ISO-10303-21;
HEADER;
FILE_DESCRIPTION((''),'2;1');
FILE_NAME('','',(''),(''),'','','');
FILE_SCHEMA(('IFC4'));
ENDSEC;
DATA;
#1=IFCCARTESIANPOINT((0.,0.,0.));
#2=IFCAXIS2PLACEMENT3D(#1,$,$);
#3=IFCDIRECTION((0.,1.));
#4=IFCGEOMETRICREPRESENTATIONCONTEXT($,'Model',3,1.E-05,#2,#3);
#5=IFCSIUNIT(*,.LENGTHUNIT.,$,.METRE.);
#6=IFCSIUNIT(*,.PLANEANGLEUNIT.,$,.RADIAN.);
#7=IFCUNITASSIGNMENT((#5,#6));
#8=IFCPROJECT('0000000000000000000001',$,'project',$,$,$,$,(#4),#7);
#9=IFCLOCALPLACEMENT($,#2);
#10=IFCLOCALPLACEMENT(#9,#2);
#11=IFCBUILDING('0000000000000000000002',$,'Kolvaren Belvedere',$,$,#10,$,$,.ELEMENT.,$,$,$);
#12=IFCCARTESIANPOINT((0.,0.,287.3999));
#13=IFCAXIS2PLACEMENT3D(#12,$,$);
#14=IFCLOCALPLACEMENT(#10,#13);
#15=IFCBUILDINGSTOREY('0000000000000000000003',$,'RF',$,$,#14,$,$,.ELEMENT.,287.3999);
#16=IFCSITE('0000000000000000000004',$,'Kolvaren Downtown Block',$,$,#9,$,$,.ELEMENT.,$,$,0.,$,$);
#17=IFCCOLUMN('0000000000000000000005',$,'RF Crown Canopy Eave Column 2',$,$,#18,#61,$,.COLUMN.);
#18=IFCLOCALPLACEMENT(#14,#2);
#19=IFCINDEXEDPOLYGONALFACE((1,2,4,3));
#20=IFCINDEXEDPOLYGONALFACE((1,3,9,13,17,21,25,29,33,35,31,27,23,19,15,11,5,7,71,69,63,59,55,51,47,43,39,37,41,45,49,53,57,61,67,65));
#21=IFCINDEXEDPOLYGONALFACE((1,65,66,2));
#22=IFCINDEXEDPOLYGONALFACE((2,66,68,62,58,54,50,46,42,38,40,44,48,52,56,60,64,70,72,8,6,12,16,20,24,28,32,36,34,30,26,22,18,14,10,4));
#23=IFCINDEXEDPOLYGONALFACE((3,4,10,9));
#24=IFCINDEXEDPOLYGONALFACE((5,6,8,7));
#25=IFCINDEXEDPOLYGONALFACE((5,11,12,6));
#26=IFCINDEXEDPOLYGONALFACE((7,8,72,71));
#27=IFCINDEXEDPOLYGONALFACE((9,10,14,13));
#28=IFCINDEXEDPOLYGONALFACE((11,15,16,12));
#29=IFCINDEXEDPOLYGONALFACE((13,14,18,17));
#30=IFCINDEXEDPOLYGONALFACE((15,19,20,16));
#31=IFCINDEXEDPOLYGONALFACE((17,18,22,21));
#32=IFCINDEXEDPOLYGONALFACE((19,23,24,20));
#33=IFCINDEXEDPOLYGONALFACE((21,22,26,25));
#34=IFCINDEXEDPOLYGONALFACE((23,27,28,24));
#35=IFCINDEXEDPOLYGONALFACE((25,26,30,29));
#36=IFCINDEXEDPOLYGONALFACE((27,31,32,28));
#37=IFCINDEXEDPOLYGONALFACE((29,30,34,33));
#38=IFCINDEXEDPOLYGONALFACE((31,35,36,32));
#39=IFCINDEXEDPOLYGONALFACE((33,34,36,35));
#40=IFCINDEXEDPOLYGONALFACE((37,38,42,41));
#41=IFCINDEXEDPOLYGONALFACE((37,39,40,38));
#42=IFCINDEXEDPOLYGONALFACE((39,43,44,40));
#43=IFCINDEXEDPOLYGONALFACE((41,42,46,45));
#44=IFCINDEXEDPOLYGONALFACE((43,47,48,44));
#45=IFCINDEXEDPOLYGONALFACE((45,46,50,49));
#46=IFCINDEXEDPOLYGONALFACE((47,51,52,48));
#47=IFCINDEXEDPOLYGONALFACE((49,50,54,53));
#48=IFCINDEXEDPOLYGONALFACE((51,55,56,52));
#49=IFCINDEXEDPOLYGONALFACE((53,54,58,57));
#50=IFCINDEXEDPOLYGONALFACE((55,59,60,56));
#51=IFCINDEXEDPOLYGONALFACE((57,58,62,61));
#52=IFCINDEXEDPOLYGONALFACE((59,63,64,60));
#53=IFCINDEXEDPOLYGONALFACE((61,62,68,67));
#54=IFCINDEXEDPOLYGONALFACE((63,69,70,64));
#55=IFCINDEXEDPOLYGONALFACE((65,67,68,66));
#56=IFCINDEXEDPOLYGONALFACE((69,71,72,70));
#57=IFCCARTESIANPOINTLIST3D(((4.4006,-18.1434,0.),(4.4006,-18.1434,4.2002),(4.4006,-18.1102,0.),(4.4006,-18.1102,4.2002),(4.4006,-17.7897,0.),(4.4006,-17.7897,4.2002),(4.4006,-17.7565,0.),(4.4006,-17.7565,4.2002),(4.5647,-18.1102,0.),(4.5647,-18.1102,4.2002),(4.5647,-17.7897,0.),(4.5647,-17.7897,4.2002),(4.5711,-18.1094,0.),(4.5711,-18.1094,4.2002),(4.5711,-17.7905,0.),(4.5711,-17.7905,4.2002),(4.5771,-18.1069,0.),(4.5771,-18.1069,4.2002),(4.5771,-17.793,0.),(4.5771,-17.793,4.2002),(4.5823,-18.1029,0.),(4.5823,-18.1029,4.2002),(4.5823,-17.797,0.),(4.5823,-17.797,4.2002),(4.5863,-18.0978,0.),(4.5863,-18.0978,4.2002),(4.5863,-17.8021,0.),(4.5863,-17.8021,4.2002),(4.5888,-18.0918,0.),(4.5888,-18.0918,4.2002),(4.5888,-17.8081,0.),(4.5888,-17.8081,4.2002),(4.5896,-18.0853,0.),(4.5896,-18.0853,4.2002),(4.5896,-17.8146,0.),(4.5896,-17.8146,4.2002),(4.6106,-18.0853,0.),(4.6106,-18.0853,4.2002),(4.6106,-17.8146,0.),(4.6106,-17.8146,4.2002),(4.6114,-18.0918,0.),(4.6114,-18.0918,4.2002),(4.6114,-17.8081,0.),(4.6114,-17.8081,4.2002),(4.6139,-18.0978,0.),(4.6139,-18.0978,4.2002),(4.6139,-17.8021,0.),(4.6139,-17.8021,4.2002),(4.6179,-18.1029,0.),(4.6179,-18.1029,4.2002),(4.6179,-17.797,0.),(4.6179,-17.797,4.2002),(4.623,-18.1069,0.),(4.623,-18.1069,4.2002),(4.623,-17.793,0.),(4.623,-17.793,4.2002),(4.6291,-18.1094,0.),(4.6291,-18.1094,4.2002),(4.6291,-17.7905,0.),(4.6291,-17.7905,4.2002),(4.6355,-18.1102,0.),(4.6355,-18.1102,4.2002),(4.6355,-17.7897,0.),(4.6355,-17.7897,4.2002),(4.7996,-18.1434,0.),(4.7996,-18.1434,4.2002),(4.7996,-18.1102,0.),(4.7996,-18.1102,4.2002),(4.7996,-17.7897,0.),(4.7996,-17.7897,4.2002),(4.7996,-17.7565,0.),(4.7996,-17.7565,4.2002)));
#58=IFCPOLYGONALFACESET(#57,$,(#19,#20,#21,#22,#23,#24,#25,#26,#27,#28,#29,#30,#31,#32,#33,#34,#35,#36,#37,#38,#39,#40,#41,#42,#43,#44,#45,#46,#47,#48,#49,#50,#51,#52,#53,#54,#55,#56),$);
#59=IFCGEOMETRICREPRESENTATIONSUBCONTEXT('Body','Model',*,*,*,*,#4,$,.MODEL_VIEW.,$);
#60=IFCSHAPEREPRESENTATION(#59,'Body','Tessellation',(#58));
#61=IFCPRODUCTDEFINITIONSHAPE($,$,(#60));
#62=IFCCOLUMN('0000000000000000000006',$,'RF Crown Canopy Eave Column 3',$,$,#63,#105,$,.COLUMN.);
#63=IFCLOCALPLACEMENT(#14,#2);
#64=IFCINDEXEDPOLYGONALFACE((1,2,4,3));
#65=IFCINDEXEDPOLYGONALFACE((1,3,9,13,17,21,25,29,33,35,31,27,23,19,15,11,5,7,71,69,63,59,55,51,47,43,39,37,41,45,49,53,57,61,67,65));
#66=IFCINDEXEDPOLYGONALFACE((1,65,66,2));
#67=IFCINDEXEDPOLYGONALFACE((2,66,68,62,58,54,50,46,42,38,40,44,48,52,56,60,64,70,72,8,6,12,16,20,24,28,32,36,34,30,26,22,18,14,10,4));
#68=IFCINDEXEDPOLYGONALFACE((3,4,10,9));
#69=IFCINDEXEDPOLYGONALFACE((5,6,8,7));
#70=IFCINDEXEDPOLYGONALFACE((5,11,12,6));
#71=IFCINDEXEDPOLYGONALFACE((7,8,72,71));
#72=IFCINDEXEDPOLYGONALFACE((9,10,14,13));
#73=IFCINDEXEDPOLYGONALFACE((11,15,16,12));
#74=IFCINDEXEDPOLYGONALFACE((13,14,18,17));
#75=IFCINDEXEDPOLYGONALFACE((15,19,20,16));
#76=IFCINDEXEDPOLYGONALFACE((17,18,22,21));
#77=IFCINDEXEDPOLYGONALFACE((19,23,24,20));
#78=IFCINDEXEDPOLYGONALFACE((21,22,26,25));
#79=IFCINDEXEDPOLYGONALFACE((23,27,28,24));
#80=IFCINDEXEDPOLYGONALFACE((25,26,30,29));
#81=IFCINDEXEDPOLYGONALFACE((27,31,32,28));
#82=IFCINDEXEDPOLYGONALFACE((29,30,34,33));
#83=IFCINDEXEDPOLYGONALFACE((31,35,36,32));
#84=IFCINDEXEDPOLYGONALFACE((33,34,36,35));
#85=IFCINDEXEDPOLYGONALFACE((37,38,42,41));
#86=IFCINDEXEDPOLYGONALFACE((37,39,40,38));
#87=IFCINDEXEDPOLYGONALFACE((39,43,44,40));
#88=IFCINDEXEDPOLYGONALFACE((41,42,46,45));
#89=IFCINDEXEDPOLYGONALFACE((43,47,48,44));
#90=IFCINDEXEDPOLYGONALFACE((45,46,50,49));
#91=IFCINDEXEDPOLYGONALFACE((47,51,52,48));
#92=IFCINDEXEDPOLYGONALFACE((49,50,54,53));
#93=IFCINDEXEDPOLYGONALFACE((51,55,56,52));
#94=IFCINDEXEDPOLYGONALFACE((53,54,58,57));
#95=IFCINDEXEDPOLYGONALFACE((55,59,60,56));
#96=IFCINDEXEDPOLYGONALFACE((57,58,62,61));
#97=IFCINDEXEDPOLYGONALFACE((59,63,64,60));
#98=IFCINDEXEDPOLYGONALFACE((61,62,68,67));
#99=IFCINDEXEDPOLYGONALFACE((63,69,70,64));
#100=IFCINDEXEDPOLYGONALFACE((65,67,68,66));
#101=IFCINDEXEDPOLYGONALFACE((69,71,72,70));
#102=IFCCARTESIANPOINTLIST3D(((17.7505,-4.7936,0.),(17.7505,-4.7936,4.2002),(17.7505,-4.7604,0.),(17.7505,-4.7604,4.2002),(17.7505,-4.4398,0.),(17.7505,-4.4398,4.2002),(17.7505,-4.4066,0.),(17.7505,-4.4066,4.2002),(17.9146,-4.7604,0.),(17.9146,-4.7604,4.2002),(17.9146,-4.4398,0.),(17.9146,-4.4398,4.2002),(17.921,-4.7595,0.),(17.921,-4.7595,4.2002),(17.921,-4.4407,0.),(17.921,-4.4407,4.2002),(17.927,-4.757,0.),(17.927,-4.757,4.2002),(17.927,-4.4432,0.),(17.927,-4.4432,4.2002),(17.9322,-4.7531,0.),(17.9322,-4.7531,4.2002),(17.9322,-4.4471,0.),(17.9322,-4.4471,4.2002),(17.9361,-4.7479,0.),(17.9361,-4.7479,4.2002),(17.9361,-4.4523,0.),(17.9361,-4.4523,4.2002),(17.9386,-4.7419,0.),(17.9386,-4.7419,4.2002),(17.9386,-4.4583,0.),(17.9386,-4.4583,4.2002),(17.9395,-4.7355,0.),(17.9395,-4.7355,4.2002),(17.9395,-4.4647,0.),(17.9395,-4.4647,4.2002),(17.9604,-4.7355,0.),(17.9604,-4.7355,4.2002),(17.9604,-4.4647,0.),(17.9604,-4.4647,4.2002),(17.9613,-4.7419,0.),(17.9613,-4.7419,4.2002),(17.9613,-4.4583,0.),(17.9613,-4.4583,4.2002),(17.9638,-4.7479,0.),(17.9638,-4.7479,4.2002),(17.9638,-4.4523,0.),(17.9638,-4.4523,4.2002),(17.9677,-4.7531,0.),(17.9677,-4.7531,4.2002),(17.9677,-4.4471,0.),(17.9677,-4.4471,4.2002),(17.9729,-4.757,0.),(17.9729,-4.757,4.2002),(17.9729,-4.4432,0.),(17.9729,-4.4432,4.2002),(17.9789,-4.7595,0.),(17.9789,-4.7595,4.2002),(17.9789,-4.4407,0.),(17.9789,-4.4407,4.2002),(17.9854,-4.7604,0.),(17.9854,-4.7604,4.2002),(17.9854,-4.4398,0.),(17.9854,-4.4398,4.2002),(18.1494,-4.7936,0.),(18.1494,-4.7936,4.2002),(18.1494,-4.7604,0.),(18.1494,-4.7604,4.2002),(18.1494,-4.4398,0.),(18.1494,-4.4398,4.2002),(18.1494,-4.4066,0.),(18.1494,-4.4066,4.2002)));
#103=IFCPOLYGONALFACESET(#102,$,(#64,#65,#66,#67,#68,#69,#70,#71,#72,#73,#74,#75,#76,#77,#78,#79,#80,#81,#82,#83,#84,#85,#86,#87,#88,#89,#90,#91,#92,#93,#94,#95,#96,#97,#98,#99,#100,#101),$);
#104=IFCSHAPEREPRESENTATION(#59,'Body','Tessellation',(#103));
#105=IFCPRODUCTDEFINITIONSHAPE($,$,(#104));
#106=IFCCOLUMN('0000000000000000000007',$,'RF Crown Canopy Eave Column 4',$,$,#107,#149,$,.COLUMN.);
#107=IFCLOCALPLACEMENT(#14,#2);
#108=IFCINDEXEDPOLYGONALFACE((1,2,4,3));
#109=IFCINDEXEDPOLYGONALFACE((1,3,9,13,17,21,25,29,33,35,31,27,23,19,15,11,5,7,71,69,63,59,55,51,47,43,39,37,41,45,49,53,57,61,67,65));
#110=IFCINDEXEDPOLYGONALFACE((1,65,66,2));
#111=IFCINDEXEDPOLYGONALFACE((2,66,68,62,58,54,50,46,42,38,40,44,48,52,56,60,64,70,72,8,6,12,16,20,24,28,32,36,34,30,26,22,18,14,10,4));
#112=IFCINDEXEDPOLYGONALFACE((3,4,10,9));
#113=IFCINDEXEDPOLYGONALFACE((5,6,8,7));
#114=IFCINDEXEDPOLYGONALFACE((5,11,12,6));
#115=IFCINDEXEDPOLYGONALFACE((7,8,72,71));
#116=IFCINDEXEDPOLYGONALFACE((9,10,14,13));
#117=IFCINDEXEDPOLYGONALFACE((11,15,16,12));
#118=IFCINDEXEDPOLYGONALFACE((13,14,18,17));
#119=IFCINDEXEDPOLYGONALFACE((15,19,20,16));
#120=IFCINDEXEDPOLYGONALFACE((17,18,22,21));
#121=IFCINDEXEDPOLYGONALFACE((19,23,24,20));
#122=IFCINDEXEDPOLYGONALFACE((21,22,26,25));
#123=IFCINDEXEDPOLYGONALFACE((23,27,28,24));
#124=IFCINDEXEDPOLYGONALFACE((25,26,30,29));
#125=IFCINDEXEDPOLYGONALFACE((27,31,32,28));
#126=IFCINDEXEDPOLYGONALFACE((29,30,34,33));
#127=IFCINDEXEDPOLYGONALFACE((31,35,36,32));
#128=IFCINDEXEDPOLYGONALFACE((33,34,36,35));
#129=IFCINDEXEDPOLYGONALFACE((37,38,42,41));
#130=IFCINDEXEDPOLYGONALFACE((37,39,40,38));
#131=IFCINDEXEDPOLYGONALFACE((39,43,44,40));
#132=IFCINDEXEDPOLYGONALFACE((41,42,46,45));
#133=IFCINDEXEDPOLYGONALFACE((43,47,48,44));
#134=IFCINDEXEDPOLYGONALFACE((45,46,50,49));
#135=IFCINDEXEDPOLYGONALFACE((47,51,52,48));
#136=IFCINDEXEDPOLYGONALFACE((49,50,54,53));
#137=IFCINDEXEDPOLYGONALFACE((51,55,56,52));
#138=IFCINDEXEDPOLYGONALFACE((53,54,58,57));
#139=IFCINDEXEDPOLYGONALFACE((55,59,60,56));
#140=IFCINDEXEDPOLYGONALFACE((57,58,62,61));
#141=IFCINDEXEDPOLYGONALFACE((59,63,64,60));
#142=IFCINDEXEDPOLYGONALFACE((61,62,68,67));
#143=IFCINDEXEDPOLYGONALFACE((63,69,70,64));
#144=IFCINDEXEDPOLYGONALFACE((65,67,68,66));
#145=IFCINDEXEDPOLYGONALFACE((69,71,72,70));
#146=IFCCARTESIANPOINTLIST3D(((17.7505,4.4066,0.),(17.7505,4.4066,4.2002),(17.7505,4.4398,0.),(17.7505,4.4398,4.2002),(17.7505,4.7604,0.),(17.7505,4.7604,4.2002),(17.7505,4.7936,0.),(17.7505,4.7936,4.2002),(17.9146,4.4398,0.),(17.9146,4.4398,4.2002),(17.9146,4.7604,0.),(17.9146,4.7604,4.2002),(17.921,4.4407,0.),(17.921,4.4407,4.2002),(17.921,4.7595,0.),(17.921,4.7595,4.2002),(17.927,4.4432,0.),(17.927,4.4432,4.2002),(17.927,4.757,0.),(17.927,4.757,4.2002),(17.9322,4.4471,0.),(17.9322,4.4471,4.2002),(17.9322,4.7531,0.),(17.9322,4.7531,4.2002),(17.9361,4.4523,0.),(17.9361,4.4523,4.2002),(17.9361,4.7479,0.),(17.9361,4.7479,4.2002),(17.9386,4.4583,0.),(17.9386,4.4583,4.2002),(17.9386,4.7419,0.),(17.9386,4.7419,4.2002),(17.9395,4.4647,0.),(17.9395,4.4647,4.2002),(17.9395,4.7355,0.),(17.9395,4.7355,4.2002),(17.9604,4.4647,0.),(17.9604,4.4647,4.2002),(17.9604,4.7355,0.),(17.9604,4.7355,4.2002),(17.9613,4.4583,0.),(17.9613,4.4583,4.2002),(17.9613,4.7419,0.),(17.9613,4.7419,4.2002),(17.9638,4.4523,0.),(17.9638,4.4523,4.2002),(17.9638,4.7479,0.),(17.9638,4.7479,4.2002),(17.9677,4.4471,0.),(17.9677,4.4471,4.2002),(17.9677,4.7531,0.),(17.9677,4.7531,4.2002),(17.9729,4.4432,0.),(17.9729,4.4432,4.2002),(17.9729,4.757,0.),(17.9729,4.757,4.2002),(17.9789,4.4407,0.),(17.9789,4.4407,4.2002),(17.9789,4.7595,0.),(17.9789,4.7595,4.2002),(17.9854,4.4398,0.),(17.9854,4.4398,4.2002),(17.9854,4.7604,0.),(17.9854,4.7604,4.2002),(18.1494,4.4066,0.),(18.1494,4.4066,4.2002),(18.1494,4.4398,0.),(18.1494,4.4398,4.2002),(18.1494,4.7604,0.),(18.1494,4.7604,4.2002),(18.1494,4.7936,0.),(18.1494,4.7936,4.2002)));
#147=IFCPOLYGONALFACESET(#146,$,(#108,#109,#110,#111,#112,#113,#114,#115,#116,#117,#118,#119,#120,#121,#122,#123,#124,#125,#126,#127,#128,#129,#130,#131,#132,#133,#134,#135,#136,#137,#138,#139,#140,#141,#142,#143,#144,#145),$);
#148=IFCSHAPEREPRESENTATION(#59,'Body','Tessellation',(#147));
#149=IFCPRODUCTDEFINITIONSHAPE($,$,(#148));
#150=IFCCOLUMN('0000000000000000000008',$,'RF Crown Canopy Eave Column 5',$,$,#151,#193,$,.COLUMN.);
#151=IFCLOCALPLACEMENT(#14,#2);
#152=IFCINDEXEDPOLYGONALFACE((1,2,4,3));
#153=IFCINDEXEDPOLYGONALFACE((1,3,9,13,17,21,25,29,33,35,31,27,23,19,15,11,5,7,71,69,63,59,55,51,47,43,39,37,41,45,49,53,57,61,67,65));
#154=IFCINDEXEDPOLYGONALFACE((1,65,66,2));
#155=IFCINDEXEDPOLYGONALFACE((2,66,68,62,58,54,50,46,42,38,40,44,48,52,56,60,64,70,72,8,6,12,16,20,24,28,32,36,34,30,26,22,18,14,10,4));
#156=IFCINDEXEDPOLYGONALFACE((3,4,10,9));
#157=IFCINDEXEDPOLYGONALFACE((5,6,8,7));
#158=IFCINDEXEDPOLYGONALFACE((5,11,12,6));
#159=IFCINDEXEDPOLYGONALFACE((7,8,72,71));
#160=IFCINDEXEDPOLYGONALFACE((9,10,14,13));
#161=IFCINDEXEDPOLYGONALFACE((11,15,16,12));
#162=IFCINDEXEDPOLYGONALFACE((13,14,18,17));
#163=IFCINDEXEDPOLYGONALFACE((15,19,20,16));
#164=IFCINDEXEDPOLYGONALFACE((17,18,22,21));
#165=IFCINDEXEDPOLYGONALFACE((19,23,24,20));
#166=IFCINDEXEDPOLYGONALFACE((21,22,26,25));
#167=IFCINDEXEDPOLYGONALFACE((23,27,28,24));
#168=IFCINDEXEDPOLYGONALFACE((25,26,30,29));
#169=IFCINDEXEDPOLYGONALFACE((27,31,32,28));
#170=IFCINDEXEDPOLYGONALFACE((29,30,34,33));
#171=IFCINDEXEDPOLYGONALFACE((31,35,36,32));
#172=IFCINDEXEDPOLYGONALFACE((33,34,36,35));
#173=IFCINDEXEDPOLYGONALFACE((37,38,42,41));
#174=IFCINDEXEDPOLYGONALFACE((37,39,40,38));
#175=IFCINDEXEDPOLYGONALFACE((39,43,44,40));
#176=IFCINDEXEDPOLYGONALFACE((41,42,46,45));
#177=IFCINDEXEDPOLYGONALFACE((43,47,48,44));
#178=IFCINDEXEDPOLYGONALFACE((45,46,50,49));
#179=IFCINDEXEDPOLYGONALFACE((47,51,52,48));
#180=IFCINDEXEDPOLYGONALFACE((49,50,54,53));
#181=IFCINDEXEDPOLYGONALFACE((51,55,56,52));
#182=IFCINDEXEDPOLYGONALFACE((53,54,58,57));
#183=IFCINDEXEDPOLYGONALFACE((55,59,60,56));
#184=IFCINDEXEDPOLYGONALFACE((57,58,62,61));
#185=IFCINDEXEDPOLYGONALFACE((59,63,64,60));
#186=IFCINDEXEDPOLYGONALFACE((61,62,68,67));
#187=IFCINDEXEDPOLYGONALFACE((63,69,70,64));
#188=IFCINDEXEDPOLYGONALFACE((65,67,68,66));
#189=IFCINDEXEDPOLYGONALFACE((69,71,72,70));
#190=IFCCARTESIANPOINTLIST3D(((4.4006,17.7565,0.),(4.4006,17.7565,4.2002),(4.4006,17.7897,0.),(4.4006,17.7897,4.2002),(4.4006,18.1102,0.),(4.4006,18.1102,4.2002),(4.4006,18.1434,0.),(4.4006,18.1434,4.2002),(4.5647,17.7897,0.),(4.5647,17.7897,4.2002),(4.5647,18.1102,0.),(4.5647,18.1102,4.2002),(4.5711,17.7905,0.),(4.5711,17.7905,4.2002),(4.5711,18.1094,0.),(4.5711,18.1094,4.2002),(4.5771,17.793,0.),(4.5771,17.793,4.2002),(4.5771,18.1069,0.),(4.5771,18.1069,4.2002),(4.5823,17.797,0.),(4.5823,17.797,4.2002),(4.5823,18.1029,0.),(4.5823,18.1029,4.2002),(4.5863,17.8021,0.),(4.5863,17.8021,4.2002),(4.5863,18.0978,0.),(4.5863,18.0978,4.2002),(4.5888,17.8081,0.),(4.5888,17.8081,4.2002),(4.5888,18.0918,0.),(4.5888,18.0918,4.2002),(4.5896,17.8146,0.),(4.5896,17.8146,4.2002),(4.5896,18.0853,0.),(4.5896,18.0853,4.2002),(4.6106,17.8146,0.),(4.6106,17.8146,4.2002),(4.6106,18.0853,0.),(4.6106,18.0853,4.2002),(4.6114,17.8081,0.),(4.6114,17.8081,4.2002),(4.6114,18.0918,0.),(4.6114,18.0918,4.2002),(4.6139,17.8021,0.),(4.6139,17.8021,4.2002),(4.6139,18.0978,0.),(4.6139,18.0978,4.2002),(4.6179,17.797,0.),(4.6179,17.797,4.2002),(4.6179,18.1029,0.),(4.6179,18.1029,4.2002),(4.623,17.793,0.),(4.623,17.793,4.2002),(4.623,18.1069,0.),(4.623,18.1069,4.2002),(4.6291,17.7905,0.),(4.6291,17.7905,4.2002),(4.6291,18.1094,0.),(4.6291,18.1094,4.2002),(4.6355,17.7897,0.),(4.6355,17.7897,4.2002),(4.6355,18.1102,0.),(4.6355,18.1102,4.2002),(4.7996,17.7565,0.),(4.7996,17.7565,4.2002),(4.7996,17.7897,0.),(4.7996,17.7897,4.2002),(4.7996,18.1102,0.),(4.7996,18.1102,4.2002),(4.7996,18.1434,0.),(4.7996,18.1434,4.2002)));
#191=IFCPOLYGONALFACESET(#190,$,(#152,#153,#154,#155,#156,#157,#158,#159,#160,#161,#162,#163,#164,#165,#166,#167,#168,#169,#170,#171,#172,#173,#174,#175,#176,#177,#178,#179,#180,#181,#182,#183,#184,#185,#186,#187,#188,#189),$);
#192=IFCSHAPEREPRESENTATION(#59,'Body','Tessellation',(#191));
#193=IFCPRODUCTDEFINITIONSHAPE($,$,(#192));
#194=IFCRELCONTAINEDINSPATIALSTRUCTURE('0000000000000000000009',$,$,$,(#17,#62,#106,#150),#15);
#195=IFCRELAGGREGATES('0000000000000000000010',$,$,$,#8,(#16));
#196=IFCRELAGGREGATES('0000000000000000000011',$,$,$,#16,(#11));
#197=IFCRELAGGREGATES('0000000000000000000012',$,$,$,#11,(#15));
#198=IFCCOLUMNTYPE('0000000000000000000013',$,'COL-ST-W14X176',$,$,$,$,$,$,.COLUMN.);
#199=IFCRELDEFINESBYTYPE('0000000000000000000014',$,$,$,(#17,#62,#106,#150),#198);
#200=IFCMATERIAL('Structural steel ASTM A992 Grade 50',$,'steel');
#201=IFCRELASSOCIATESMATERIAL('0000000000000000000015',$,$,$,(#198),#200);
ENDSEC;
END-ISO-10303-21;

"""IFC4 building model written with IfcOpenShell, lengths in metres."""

from ifc_helpers import new_model, si_unit, direction, frame, origin, origin_2d, place, context, subcontext, project, spatial, i_section, extrude, material, material_profile, profile_set, type_object, element, save


model = new_model("IFC4")

# Units and contexts
model_context = context("Model", 3, precision=1e-05, world=origin(), true_north=direction((0.0, 1.0)))
body_context = subcontext(model_context, "Body", "Model", "MODEL_VIEW")
ifc_project = project(units=[si_unit("LENGTHUNIT", "METRE"), si_unit("PLANEANGLEUNIT", "RADIAN")], contexts=[model_context])

# Site, building, storey
site_placement = place(None, origin())
site = spatial("IfcSite", under=ifc_project, at=site_placement, Name="Kolvaren Downtown Block", CompositionType="ELEMENT", RefElevation=0.0)
building_placement = place(site_placement, origin())
building = spatial("IfcBuilding", under=site, at=building_placement, Name="Kolvaren Belvedere", CompositionType="ELEMENT")
storey_placement = place(building_placement, frame((0.0, 0.0, 287.3999)))
storey = spatial("IfcBuildingStorey", under=building, at=storey_placement, Name="RF", CompositionType="ELEMENT", Elevation=287.3999)

# Columns
ifc_material_1 = material(Name="Structural steel ASTM A992 Grade 50", Category="steel")
ifc_material_profile_1 = material_profile(ifc_material_1, i_section(OverallWidth=0.3989, OverallDepth=0.387, WebThickness=0.021, FlangeThickness=0.0332, FilletRadius=0.0249, at=origin_2d()), Name="W14X176")
ifc_profile_set_1 = profile_set([ifc_material_profile_1], Name="Structural steel ASTM A992 Grade 50")
column_type_1 = type_object("IfcColumnType", Name="COL-ST-W14X176", PredefinedType="COLUMN", material=ifc_profile_set_1)
for number, where, z_axis, x_axis, name in (
    (1, (4.6001, -17.95, 0.0), (0.0, 0.0, 1.0), (1.0, 0.0, 0.0), "RF Crown Canopy Eave Column 2"),
    (2, (17.95, -4.6001, 0.0), (0.0, 0.0, 1.0), (1.0, 0.0, 0.0), "RF Crown Canopy Eave Column 3"),
    (3, (17.95, 4.6001, 0.0), (0.0, 0.0, 1.0), (1.0, 0.0, 0.0), "RF Crown Canopy Eave Column 4"),
    (4, (4.6001, 17.95, 0.0), (0.0, 0.0, 1.0), (1.0, 0.0, 0.0), "RF Crown Canopy Eave Column 5"),
):
    element("IfcColumn", number, at=place(storey_placement, frame(where, z_axis=z_axis, x_axis=x_axis)), inside=storey, type_object=column_type_1, Name=name, PredefinedType="COLUMN", context=body_context, shape_type="SweptSolid", body=[
        extrude(i_section(OverallWidth=0.3989, OverallDepth=0.387, WebThickness=0.021, FlangeThickness=0.0332, FilletRadius=0.0249, at=origin_2d()), origin(), (0.0, 0.0, 1.0), 4.2002),
    ])

save(model, "model.ifc")
